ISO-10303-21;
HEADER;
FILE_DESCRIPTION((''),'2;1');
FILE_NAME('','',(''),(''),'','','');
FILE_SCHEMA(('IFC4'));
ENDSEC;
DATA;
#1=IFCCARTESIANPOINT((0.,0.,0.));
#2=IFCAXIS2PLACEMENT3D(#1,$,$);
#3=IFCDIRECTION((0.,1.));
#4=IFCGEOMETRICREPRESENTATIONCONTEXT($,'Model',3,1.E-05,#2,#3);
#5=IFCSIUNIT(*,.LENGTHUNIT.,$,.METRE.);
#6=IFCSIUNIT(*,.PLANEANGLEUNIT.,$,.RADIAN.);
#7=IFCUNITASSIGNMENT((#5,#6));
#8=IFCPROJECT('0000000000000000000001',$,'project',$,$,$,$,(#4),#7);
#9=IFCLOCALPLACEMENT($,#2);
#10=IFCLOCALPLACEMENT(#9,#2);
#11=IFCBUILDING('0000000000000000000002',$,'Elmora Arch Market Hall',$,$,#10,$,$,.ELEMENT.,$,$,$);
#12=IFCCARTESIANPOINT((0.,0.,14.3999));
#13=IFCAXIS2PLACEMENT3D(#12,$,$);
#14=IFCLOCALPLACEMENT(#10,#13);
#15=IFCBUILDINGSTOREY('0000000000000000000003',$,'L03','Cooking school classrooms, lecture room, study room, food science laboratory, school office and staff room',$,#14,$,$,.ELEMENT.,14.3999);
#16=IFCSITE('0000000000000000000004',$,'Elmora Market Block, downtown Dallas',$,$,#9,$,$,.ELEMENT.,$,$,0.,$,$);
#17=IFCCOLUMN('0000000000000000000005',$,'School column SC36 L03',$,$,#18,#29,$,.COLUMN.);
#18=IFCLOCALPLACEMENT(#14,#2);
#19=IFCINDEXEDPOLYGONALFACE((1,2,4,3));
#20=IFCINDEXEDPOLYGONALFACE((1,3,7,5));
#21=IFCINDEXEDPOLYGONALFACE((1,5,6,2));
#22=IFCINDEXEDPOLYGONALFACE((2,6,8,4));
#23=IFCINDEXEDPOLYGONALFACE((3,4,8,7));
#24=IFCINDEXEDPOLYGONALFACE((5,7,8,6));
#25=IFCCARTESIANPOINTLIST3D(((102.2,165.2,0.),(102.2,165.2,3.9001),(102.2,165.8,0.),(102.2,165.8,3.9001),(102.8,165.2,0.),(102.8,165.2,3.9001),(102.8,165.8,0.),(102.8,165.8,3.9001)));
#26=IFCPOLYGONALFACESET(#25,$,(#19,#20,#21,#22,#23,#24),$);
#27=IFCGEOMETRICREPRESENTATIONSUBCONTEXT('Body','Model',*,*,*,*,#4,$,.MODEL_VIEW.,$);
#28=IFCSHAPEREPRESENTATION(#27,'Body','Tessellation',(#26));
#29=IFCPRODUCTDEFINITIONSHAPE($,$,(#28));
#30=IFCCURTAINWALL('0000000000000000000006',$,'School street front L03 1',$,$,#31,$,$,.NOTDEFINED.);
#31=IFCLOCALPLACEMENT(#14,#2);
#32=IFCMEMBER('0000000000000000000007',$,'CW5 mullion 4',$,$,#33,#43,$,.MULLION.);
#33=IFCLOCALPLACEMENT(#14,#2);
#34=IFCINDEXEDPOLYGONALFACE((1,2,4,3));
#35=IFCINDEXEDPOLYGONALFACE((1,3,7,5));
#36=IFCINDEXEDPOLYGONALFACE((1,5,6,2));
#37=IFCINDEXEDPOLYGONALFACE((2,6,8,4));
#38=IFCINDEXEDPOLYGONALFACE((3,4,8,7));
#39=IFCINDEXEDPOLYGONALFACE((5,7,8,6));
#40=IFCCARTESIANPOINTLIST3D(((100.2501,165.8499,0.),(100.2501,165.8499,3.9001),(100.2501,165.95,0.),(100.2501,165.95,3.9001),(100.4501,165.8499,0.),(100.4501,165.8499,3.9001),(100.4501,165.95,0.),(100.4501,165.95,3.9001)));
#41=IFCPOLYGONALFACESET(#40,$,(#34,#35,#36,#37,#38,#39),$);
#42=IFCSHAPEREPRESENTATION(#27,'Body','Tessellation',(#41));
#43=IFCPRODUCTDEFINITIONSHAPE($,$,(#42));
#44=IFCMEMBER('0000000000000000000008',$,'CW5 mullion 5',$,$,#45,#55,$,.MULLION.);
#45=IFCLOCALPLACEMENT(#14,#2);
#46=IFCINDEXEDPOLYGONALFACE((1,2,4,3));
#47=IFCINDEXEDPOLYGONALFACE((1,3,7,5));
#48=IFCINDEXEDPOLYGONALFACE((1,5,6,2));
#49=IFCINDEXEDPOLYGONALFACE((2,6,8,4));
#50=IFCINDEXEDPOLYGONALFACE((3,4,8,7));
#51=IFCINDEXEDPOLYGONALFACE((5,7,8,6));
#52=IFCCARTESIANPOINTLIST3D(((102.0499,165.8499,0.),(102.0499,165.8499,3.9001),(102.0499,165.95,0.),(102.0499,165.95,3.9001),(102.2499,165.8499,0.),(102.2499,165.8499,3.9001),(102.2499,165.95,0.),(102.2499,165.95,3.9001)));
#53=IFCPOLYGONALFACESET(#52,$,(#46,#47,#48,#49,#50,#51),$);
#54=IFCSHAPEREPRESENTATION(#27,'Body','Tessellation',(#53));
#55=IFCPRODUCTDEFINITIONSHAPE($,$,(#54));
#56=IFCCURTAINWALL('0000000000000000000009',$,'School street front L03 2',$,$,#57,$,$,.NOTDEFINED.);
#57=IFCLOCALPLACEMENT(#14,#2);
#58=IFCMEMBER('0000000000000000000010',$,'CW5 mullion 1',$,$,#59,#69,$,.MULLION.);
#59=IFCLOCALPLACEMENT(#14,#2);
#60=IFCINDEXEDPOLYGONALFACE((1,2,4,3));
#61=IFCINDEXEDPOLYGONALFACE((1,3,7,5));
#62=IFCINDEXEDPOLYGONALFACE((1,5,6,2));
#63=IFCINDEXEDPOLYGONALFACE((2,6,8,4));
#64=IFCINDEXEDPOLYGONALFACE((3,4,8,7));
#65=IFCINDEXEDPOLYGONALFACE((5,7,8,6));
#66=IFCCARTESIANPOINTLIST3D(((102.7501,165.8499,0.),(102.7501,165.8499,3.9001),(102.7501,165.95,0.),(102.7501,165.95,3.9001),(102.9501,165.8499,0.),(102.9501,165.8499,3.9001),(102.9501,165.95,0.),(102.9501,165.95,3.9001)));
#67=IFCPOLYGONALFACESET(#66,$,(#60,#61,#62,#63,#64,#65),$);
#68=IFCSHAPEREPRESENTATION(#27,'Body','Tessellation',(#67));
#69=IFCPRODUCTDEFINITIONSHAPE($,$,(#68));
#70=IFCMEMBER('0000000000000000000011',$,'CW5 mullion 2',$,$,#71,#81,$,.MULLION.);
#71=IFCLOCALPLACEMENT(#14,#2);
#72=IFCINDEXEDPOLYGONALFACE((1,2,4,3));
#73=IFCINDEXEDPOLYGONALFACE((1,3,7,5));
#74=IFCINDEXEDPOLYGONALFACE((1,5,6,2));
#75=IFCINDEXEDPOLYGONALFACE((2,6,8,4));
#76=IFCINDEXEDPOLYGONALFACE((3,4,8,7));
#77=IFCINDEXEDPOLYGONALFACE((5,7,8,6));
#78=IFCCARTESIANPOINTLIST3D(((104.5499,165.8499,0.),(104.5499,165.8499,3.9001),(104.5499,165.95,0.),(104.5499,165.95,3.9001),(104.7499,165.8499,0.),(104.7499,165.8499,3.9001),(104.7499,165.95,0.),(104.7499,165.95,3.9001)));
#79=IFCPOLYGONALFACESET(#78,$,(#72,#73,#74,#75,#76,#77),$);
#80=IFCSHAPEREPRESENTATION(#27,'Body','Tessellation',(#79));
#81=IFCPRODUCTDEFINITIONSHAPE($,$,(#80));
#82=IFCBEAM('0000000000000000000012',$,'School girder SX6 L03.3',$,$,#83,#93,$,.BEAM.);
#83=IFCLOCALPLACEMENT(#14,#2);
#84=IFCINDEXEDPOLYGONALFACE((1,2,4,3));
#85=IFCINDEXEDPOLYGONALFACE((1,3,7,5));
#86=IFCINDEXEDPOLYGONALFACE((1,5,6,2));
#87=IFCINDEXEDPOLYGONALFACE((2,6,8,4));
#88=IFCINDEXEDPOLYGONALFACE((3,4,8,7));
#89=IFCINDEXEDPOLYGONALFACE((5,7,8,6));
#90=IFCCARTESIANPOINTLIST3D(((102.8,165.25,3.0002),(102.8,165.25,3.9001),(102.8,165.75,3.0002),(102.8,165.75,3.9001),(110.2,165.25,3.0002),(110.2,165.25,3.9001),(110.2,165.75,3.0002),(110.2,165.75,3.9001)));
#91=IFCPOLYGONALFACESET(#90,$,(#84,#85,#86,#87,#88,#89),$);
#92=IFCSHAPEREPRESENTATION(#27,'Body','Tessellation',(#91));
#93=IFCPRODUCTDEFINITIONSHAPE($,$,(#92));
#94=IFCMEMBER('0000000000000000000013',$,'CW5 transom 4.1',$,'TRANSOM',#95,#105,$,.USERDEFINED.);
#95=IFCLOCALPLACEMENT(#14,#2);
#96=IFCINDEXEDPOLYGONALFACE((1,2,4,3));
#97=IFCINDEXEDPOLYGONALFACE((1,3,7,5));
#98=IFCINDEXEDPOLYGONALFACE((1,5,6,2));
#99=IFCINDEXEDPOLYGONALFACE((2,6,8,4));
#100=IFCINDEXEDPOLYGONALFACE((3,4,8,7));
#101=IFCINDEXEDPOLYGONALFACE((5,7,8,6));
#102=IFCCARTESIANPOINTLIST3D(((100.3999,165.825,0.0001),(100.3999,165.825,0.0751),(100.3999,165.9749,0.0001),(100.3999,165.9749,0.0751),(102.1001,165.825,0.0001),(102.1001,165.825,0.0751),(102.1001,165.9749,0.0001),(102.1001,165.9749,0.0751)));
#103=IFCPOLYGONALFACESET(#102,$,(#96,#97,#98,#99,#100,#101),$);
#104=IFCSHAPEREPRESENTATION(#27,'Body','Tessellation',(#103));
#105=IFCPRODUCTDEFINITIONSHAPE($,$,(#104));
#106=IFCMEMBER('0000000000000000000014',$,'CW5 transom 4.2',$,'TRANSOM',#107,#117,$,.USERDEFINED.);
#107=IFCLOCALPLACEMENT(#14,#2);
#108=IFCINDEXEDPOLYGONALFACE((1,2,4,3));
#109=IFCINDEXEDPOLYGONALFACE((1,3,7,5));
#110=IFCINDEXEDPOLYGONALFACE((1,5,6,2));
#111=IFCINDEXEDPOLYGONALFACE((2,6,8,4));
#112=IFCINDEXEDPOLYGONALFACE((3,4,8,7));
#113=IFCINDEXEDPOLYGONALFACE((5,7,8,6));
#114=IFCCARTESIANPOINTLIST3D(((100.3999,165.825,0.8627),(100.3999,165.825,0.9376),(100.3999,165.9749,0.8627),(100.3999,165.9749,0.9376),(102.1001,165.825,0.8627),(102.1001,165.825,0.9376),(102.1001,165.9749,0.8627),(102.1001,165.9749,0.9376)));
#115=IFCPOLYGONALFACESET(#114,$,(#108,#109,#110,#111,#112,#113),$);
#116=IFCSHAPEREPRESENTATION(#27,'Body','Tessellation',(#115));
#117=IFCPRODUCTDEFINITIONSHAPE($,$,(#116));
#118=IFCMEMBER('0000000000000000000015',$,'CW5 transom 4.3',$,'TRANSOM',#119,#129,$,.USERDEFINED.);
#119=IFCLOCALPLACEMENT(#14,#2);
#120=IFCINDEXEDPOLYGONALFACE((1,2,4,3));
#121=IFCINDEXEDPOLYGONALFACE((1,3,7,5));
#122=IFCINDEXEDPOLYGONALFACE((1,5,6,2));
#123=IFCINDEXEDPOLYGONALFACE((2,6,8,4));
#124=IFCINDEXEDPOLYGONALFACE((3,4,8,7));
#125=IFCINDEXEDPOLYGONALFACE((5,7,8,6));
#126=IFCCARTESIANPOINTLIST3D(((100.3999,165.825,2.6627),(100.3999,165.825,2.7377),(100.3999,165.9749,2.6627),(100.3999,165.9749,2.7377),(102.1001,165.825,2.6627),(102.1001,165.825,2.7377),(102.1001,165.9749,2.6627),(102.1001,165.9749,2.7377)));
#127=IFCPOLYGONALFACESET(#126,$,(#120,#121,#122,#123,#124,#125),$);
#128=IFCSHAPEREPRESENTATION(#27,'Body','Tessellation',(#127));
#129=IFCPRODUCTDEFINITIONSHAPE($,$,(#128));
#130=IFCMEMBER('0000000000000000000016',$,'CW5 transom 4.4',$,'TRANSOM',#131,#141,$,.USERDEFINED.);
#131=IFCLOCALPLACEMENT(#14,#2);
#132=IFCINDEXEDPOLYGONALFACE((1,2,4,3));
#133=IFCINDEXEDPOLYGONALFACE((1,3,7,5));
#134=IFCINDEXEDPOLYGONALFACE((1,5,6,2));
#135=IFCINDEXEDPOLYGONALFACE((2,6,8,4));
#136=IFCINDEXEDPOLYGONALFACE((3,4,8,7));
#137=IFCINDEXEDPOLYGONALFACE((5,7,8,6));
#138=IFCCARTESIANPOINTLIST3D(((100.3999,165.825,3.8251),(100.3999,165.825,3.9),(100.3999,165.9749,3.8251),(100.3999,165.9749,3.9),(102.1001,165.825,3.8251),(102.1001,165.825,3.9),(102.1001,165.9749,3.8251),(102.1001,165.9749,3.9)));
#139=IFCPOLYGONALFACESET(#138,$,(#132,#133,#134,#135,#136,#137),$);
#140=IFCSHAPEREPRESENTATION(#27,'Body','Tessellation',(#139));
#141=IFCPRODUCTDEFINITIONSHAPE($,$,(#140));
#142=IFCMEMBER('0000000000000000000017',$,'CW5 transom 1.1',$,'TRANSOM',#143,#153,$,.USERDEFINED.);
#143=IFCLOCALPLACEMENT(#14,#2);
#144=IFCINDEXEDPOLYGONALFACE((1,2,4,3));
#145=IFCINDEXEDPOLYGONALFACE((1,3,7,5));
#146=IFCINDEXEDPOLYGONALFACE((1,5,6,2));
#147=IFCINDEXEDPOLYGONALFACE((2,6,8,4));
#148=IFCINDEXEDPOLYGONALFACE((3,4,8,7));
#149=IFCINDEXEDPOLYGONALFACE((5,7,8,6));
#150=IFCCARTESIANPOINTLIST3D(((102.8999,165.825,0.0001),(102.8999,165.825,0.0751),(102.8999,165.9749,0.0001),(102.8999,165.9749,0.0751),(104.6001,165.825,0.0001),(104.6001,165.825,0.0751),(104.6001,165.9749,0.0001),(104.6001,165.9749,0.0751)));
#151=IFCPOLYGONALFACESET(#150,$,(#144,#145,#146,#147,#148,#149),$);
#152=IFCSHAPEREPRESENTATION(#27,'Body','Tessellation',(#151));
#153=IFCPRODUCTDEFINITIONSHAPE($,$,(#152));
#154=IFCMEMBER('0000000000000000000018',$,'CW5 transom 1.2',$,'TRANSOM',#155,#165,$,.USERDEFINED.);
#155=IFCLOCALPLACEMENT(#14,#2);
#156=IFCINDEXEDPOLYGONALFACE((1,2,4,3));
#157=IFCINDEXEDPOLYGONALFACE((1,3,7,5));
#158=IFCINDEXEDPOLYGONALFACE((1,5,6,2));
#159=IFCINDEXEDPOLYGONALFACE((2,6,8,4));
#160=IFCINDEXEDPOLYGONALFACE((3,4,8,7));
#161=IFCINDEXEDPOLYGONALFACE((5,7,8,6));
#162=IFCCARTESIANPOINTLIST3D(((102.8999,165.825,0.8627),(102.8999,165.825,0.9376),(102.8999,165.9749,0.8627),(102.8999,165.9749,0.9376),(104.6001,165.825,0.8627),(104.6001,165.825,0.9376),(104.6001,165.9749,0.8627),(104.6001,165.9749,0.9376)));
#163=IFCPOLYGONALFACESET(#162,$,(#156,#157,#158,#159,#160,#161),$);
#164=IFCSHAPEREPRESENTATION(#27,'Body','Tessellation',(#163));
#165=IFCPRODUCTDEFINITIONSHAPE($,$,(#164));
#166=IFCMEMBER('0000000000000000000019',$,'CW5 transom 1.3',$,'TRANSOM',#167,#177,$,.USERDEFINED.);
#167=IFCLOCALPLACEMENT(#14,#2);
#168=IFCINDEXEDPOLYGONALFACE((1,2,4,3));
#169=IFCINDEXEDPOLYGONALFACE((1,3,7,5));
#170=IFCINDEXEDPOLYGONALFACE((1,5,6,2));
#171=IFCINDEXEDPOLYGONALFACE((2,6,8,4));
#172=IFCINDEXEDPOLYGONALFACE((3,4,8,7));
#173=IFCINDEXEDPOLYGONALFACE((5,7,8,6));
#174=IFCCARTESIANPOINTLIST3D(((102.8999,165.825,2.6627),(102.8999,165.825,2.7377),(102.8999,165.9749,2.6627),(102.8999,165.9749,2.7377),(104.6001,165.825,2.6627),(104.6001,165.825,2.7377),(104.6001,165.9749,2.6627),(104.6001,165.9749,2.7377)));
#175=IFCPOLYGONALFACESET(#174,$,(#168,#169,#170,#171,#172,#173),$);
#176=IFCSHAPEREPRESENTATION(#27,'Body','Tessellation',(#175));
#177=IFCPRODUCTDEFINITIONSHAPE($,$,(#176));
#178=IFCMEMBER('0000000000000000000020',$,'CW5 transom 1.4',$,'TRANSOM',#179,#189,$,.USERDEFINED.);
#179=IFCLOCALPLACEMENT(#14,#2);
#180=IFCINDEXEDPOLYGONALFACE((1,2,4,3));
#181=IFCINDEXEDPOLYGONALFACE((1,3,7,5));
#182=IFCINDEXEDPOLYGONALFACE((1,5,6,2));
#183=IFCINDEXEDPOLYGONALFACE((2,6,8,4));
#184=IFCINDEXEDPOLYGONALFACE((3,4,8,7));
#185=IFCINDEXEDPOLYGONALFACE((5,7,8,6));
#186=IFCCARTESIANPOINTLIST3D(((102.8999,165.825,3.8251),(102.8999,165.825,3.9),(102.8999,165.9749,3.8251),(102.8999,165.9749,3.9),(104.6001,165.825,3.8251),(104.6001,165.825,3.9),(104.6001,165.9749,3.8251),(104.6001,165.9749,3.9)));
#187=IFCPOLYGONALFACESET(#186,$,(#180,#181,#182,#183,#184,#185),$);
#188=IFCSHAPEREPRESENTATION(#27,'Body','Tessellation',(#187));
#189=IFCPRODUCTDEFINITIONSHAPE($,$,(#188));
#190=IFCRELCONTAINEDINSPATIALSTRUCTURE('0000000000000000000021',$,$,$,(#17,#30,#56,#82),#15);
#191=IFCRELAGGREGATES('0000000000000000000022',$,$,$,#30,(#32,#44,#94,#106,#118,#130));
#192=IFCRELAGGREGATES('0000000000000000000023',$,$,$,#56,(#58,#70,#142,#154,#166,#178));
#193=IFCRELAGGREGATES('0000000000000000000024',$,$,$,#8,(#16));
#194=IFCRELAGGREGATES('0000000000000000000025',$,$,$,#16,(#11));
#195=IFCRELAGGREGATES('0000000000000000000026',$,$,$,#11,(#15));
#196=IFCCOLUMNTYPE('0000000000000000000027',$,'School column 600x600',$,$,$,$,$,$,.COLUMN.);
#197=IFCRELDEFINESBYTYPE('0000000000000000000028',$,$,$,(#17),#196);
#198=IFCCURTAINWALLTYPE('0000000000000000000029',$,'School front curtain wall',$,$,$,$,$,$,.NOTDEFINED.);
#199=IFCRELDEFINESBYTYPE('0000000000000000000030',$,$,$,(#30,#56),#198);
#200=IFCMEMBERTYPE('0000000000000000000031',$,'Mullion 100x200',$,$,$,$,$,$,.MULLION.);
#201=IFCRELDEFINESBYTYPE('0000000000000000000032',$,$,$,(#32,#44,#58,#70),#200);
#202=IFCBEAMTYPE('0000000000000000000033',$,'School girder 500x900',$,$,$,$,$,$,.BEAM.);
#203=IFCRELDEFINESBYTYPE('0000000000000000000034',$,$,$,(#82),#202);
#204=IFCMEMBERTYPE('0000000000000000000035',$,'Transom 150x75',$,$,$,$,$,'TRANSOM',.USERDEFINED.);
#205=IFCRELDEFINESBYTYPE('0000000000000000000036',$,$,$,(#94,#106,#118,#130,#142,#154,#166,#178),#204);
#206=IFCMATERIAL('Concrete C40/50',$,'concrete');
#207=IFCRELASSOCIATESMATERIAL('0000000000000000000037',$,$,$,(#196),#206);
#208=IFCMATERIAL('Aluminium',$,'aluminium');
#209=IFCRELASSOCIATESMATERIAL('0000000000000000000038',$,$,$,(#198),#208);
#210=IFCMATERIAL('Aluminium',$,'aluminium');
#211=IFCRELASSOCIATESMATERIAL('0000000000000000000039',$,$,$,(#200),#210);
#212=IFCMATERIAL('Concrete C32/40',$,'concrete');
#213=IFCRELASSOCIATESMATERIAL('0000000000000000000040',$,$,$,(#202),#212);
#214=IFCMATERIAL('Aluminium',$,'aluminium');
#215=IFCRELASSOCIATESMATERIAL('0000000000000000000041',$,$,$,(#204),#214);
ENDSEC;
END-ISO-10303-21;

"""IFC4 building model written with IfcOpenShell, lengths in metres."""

from ifc_helpers import new_model, si_unit, direction, frame, origin, origin_2d, place, context, subcontext, project, spatial, rectangle, extrude, material, material_profile, profile_set, type_object, element, aggregate, save


model = new_model("IFC4")

# Units and contexts
model_context = context("Model", 3, precision=1e-05, world=origin(), true_north=direction((0.0, 1.0)))
body_context = subcontext(model_context, "Body", "Model", "MODEL_VIEW")
ifc_project = project(units=[si_unit("LENGTHUNIT", "METRE"), si_unit("PLANEANGLEUNIT", "RADIAN")], contexts=[model_context])

# Site, building, storey
site_placement = place(None, origin())
site = spatial("IfcSite", under=ifc_project, at=site_placement, Name="Elmora Market Block, downtown Dallas", CompositionType="ELEMENT", RefElevation=0.0)
building_placement = place(site_placement, origin())
building = spatial("IfcBuilding", under=site, at=building_placement, Name="Elmora Arch Market Hall", CompositionType="ELEMENT")
storey_placement = place(building_placement, frame((0.0, 0.0, 14.3999)))
storey = spatial("IfcBuildingStorey", under=building, at=storey_placement, Name="L03", Description="Cooking school classrooms, lecture room, study room, food science laboratory, school office and staff room", CompositionType="ELEMENT", Elevation=14.3999)

# Column
ifc_material_1 = material(Name="Concrete C40/50", Category="concrete")
ifc_material_profile_1 = material_profile(ifc_material_1, rectangle(XDim=0.6001, YDim=0.6001, at=origin_2d()), Name="School column 600x600")
ifc_profile_set_1 = profile_set([ifc_material_profile_1], Name="Concrete C40/50")
column_type = type_object("IfcColumnType", Name="School column 600x600", PredefinedType="COLUMN", material=ifc_profile_set_1)
column_placement = place(storey_placement, frame((102.5, 165.5, 0.0), z_axis=(0.0, 0.0, 1.0), x_axis=(1.0, 0.0, 0.0)))
element("IfcColumn", 1, at=column_placement, inside=storey, type_object=column_type, Name="School column SC36 L03", PredefinedType="COLUMN", context=body_context, shape_type="SweptSolid", body=[
    extrude(rectangle(XDim=0.6001, YDim=0.6001, at=origin_2d()), origin(), (0.0, 0.0, 1.0), 3.9001),
])

# Curtain walls, members
ifc_material_2 = material(Name="Aluminium", Category="aluminium")
curtain_wall_type = type_object("IfcCurtainWallType", Name="School front curtain wall", PredefinedType="NOTDEFINED", material=ifc_material_2)
curtain_wall_1_placement = place(storey_placement, origin())
curtain_wall_1 = element("IfcCurtainWall", 2, at=curtain_wall_1_placement, inside=storey, type_object=curtain_wall_type, Name="School street front L03 1", PredefinedType="NOTDEFINED")
ifc_material_3 = material(Name="Aluminium", Category="aluminium")
ifc_material_profile_2 = material_profile(ifc_material_3, rectangle(XDim=0.1001, YDim=0.2, at=origin_2d()), Name="AL 100x200")
ifc_profile_set_2 = profile_set([ifc_material_profile_2], Name="Aluminium")
member_type_1 = type_object("IfcMemberType", Name="Mullion 100x200", PredefinedType="MULLION", material=ifc_profile_set_2)
member_1_placement = place(storey_placement, frame((100.3501, 165.8999, 0.0), z_axis=(0.0, 0.0, 1.0), x_axis=(0.0, 1.0, 0.0)))
member_1 = element("IfcMember", 3, at=member_1_placement, type_object=member_type_1, Name="CW5 mullion 4", PredefinedType="MULLION", context=body_context, shape_type="SweptSolid", body=[
    extrude(rectangle(XDim=0.1001, YDim=0.2, at=origin_2d()), origin(), (0.0, 0.0, 1.0), 3.9001),
])
member_2_placement = place(storey_placement, frame((102.1499, 165.8999, 0.0), z_axis=(0.0, 0.0, 1.0), x_axis=(0.0, 1.0, 0.0)))
member_2 = element("IfcMember", 4, at=member_2_placement, type_object=member_type_1, Name="CW5 mullion 5", PredefinedType="MULLION", context=body_context, shape_type="SweptSolid", body=[
    extrude(rectangle(XDim=0.1001, YDim=0.2, at=origin_2d()), origin(), (0.0, 0.0, 1.0), 3.9001),
])
curtain_wall_2_placement = place(storey_placement, origin())
curtain_wall_2 = element("IfcCurtainWall", 5, at=curtain_wall_2_placement, inside=storey, type_object=curtain_wall_type, Name="School street front L03 2", PredefinedType="NOTDEFINED")
member_3_placement = place(storey_placement, frame((102.8501, 165.8999, 0.0), z_axis=(0.0, 0.0, 1.0), x_axis=(0.0, 1.0, 0.0)))
member_3 = element("IfcMember", 6, at=member_3_placement, type_object=member_type_1, Name="CW5 mullion 1", PredefinedType="MULLION", context=body_context, shape_type="SweptSolid", body=[
    extrude(rectangle(XDim=0.1001, YDim=0.2, at=origin_2d()), origin(), (0.0, 0.0, 1.0), 3.9001),
])
member_4_placement = place(storey_placement, frame((104.6499, 165.8999, 0.0), z_axis=(0.0, 0.0, 1.0), x_axis=(0.0, 1.0, 0.0)))
member_4 = element("IfcMember", 7, at=member_4_placement, type_object=member_type_1, Name="CW5 mullion 2", PredefinedType="MULLION", context=body_context, shape_type="SweptSolid", body=[
    extrude(rectangle(XDim=0.1001, YDim=0.2, at=origin_2d()), origin(), (0.0, 0.0, 1.0), 3.9001),
])

# Beam
ifc_material_4 = material(Name="Concrete C32/40", Category="concrete")
ifc_material_profile_3 = material_profile(ifc_material_4, rectangle(XDim=0.5, YDim=0.8999, at=origin_2d()), Name="School girder 500x900")
ifc_profile_set_3 = profile_set([ifc_material_profile_3], Name="Concrete C32/40")
beam_type = type_object("IfcBeamType", Name="School girder 500x900", PredefinedType="BEAM", material=ifc_profile_set_3)
beam_placement = place(storey_placement, frame((102.8, 165.5, 3.4502), z_axis=(1.0, 0.0, 0.0), x_axis=(0.0, 1.0, 0.0)))
element("IfcBeam", 8, at=beam_placement, inside=storey, type_object=beam_type, Name="School girder SX6 L03.3", PredefinedType="BEAM", context=body_context, shape_type="SweptSolid", body=[
    extrude(rectangle(XDim=0.5, YDim=0.8999, at=origin_2d()), origin(), (0.0, 0.0, 1.0), 7.3999),
])

# Members
ifc_material_5 = material(Name="Aluminium", Category="aluminium")
ifc_material_profile_4 = material_profile(ifc_material_5, rectangle(XDim=0.1499, YDim=0.075, at=origin_2d()), Name="AL 150x75")
ifc_profile_set_4 = profile_set([ifc_material_profile_4], Name="Aluminium")
member_type_2 = type_object("IfcMemberType", Name="Transom 150x75", ElementType="TRANSOM", PredefinedType="USERDEFINED", material=ifc_profile_set_4)
member_5_placement = place(storey_placement, frame((100.3999, 165.8999, 0.0376), z_axis=(1.0, 0.0, 0.0), x_axis=(0.0, 1.0, 0.0)))
member_5 = element("IfcMember", 9, at=member_5_placement, type_object=member_type_2, Name="CW5 transom 4.1", ObjectType="TRANSOM", PredefinedType="USERDEFINED", context=body_context, shape_type="SweptSolid", body=[
    extrude(rectangle(XDim=0.1499, YDim=0.075, at=origin_2d()), origin(), (0.0, 0.0, 1.0), 1.7002),
])
member_6_placement = place(storey_placement, frame((100.3999, 165.8999, 0.9001), z_axis=(1.0, 0.0, 0.0), x_axis=(0.0, 1.0, 0.0)))
member_6 = element("IfcMember", 10, at=member_6_placement, type_object=member_type_2, Name="CW5 transom 4.2", ObjectType="TRANSOM", PredefinedType="USERDEFINED", context=body_context, shape_type="SweptSolid", body=[
    extrude(rectangle(XDim=0.1499, YDim=0.075, at=origin_2d()), origin(), (0.0, 0.0, 1.0), 1.7002),
])
member_7_placement = place(storey_placement, frame((100.3999, 165.8999, 2.7002), z_axis=(1.0, 0.0, 0.0), x_axis=(0.0, 1.0, 0.0)))
member_7 = element("IfcMember", 11, at=member_7_placement, type_object=member_type_2, Name="CW5 transom 4.3", ObjectType="TRANSOM", PredefinedType="USERDEFINED", context=body_context, shape_type="SweptSolid", body=[
    extrude(rectangle(XDim=0.1499, YDim=0.075, at=origin_2d()), origin(), (0.0, 0.0, 1.0), 1.7002),
])
member_8_placement = place(storey_placement, frame((100.3999, 165.8999, 3.8625), z_axis=(1.0, 0.0, 0.0), x_axis=(0.0, 1.0, 0.0)))
member_8 = element("IfcMember", 12, at=member_8_placement, type_object=member_type_2, Name="CW5 transom 4.4", ObjectType="TRANSOM", PredefinedType="USERDEFINED", context=body_context, shape_type="SweptSolid", body=[
    extrude(rectangle(XDim=0.1499, YDim=0.075, at=origin_2d()), origin(), (0.0, 0.0, 1.0), 1.7002),
])
member_9_placement = place(storey_placement, frame((102.8999, 165.8999, 0.0376), z_axis=(1.0, 0.0, 0.0), x_axis=(0.0, 1.0, 0.0)))
member_9 = element("IfcMember", 13, at=member_9_placement, type_object=member_type_2, Name="CW5 transom 1.1", ObjectType="TRANSOM", PredefinedType="USERDEFINED", context=body_context, shape_type="SweptSolid", body=[
    extrude(rectangle(XDim=0.1499, YDim=0.075, at=origin_2d()), origin(), (0.0, 0.0, 1.0), 1.7002),
])
member_10_placement = place(storey_placement, frame((102.8999, 165.8999, 0.9001), z_axis=(1.0, 0.0, 0.0), x_axis=(0.0, 1.0, 0.0)))
member_10 = element("IfcMember", 14, at=member_10_placement, type_object=member_type_2, Name="CW5 transom 1.2", ObjectType="TRANSOM", PredefinedType="USERDEFINED", context=body_context, shape_type="SweptSolid", body=[
    extrude(rectangle(XDim=0.1499, YDim=0.075, at=origin_2d()), origin(), (0.0, 0.0, 1.0), 1.7002),
])
member_11_placement = place(storey_placement, frame((102.8999, 165.8999, 2.7002), z_axis=(1.0, 0.0, 0.0), x_axis=(0.0, 1.0, 0.0)))
member_11 = element("IfcMember", 15, at=member_11_placement, type_object=member_type_2, Name="CW5 transom 1.3", ObjectType="TRANSOM", PredefinedType="USERDEFINED", context=body_context, shape_type="SweptSolid", body=[
    extrude(rectangle(XDim=0.1499, YDim=0.075, at=origin_2d()), origin(), (0.0, 0.0, 1.0), 1.7002),
])
member_12_placement = place(storey_placement, frame((102.8999, 165.8999, 3.8625), z_axis=(1.0, 0.0, 0.0), x_axis=(0.0, 1.0, 0.0)))
member_12 = element("IfcMember", 16, at=member_12_placement, type_object=member_type_2, Name="CW5 transom 1.4", ObjectType="TRANSOM", PredefinedType="USERDEFINED", context=body_context, shape_type="SweptSolid", body=[
    extrude(rectangle(XDim=0.1499, YDim=0.075, at=origin_2d()), origin(), (0.0, 0.0, 1.0), 1.7002),
])

aggregate(curtain_wall_1, [member_1, member_2, member_5, member_6, member_7, member_8])
aggregate(curtain_wall_2, [member_3, member_4, member_9, member_10, member_11, member_12])

save(model, "model.ifc")
